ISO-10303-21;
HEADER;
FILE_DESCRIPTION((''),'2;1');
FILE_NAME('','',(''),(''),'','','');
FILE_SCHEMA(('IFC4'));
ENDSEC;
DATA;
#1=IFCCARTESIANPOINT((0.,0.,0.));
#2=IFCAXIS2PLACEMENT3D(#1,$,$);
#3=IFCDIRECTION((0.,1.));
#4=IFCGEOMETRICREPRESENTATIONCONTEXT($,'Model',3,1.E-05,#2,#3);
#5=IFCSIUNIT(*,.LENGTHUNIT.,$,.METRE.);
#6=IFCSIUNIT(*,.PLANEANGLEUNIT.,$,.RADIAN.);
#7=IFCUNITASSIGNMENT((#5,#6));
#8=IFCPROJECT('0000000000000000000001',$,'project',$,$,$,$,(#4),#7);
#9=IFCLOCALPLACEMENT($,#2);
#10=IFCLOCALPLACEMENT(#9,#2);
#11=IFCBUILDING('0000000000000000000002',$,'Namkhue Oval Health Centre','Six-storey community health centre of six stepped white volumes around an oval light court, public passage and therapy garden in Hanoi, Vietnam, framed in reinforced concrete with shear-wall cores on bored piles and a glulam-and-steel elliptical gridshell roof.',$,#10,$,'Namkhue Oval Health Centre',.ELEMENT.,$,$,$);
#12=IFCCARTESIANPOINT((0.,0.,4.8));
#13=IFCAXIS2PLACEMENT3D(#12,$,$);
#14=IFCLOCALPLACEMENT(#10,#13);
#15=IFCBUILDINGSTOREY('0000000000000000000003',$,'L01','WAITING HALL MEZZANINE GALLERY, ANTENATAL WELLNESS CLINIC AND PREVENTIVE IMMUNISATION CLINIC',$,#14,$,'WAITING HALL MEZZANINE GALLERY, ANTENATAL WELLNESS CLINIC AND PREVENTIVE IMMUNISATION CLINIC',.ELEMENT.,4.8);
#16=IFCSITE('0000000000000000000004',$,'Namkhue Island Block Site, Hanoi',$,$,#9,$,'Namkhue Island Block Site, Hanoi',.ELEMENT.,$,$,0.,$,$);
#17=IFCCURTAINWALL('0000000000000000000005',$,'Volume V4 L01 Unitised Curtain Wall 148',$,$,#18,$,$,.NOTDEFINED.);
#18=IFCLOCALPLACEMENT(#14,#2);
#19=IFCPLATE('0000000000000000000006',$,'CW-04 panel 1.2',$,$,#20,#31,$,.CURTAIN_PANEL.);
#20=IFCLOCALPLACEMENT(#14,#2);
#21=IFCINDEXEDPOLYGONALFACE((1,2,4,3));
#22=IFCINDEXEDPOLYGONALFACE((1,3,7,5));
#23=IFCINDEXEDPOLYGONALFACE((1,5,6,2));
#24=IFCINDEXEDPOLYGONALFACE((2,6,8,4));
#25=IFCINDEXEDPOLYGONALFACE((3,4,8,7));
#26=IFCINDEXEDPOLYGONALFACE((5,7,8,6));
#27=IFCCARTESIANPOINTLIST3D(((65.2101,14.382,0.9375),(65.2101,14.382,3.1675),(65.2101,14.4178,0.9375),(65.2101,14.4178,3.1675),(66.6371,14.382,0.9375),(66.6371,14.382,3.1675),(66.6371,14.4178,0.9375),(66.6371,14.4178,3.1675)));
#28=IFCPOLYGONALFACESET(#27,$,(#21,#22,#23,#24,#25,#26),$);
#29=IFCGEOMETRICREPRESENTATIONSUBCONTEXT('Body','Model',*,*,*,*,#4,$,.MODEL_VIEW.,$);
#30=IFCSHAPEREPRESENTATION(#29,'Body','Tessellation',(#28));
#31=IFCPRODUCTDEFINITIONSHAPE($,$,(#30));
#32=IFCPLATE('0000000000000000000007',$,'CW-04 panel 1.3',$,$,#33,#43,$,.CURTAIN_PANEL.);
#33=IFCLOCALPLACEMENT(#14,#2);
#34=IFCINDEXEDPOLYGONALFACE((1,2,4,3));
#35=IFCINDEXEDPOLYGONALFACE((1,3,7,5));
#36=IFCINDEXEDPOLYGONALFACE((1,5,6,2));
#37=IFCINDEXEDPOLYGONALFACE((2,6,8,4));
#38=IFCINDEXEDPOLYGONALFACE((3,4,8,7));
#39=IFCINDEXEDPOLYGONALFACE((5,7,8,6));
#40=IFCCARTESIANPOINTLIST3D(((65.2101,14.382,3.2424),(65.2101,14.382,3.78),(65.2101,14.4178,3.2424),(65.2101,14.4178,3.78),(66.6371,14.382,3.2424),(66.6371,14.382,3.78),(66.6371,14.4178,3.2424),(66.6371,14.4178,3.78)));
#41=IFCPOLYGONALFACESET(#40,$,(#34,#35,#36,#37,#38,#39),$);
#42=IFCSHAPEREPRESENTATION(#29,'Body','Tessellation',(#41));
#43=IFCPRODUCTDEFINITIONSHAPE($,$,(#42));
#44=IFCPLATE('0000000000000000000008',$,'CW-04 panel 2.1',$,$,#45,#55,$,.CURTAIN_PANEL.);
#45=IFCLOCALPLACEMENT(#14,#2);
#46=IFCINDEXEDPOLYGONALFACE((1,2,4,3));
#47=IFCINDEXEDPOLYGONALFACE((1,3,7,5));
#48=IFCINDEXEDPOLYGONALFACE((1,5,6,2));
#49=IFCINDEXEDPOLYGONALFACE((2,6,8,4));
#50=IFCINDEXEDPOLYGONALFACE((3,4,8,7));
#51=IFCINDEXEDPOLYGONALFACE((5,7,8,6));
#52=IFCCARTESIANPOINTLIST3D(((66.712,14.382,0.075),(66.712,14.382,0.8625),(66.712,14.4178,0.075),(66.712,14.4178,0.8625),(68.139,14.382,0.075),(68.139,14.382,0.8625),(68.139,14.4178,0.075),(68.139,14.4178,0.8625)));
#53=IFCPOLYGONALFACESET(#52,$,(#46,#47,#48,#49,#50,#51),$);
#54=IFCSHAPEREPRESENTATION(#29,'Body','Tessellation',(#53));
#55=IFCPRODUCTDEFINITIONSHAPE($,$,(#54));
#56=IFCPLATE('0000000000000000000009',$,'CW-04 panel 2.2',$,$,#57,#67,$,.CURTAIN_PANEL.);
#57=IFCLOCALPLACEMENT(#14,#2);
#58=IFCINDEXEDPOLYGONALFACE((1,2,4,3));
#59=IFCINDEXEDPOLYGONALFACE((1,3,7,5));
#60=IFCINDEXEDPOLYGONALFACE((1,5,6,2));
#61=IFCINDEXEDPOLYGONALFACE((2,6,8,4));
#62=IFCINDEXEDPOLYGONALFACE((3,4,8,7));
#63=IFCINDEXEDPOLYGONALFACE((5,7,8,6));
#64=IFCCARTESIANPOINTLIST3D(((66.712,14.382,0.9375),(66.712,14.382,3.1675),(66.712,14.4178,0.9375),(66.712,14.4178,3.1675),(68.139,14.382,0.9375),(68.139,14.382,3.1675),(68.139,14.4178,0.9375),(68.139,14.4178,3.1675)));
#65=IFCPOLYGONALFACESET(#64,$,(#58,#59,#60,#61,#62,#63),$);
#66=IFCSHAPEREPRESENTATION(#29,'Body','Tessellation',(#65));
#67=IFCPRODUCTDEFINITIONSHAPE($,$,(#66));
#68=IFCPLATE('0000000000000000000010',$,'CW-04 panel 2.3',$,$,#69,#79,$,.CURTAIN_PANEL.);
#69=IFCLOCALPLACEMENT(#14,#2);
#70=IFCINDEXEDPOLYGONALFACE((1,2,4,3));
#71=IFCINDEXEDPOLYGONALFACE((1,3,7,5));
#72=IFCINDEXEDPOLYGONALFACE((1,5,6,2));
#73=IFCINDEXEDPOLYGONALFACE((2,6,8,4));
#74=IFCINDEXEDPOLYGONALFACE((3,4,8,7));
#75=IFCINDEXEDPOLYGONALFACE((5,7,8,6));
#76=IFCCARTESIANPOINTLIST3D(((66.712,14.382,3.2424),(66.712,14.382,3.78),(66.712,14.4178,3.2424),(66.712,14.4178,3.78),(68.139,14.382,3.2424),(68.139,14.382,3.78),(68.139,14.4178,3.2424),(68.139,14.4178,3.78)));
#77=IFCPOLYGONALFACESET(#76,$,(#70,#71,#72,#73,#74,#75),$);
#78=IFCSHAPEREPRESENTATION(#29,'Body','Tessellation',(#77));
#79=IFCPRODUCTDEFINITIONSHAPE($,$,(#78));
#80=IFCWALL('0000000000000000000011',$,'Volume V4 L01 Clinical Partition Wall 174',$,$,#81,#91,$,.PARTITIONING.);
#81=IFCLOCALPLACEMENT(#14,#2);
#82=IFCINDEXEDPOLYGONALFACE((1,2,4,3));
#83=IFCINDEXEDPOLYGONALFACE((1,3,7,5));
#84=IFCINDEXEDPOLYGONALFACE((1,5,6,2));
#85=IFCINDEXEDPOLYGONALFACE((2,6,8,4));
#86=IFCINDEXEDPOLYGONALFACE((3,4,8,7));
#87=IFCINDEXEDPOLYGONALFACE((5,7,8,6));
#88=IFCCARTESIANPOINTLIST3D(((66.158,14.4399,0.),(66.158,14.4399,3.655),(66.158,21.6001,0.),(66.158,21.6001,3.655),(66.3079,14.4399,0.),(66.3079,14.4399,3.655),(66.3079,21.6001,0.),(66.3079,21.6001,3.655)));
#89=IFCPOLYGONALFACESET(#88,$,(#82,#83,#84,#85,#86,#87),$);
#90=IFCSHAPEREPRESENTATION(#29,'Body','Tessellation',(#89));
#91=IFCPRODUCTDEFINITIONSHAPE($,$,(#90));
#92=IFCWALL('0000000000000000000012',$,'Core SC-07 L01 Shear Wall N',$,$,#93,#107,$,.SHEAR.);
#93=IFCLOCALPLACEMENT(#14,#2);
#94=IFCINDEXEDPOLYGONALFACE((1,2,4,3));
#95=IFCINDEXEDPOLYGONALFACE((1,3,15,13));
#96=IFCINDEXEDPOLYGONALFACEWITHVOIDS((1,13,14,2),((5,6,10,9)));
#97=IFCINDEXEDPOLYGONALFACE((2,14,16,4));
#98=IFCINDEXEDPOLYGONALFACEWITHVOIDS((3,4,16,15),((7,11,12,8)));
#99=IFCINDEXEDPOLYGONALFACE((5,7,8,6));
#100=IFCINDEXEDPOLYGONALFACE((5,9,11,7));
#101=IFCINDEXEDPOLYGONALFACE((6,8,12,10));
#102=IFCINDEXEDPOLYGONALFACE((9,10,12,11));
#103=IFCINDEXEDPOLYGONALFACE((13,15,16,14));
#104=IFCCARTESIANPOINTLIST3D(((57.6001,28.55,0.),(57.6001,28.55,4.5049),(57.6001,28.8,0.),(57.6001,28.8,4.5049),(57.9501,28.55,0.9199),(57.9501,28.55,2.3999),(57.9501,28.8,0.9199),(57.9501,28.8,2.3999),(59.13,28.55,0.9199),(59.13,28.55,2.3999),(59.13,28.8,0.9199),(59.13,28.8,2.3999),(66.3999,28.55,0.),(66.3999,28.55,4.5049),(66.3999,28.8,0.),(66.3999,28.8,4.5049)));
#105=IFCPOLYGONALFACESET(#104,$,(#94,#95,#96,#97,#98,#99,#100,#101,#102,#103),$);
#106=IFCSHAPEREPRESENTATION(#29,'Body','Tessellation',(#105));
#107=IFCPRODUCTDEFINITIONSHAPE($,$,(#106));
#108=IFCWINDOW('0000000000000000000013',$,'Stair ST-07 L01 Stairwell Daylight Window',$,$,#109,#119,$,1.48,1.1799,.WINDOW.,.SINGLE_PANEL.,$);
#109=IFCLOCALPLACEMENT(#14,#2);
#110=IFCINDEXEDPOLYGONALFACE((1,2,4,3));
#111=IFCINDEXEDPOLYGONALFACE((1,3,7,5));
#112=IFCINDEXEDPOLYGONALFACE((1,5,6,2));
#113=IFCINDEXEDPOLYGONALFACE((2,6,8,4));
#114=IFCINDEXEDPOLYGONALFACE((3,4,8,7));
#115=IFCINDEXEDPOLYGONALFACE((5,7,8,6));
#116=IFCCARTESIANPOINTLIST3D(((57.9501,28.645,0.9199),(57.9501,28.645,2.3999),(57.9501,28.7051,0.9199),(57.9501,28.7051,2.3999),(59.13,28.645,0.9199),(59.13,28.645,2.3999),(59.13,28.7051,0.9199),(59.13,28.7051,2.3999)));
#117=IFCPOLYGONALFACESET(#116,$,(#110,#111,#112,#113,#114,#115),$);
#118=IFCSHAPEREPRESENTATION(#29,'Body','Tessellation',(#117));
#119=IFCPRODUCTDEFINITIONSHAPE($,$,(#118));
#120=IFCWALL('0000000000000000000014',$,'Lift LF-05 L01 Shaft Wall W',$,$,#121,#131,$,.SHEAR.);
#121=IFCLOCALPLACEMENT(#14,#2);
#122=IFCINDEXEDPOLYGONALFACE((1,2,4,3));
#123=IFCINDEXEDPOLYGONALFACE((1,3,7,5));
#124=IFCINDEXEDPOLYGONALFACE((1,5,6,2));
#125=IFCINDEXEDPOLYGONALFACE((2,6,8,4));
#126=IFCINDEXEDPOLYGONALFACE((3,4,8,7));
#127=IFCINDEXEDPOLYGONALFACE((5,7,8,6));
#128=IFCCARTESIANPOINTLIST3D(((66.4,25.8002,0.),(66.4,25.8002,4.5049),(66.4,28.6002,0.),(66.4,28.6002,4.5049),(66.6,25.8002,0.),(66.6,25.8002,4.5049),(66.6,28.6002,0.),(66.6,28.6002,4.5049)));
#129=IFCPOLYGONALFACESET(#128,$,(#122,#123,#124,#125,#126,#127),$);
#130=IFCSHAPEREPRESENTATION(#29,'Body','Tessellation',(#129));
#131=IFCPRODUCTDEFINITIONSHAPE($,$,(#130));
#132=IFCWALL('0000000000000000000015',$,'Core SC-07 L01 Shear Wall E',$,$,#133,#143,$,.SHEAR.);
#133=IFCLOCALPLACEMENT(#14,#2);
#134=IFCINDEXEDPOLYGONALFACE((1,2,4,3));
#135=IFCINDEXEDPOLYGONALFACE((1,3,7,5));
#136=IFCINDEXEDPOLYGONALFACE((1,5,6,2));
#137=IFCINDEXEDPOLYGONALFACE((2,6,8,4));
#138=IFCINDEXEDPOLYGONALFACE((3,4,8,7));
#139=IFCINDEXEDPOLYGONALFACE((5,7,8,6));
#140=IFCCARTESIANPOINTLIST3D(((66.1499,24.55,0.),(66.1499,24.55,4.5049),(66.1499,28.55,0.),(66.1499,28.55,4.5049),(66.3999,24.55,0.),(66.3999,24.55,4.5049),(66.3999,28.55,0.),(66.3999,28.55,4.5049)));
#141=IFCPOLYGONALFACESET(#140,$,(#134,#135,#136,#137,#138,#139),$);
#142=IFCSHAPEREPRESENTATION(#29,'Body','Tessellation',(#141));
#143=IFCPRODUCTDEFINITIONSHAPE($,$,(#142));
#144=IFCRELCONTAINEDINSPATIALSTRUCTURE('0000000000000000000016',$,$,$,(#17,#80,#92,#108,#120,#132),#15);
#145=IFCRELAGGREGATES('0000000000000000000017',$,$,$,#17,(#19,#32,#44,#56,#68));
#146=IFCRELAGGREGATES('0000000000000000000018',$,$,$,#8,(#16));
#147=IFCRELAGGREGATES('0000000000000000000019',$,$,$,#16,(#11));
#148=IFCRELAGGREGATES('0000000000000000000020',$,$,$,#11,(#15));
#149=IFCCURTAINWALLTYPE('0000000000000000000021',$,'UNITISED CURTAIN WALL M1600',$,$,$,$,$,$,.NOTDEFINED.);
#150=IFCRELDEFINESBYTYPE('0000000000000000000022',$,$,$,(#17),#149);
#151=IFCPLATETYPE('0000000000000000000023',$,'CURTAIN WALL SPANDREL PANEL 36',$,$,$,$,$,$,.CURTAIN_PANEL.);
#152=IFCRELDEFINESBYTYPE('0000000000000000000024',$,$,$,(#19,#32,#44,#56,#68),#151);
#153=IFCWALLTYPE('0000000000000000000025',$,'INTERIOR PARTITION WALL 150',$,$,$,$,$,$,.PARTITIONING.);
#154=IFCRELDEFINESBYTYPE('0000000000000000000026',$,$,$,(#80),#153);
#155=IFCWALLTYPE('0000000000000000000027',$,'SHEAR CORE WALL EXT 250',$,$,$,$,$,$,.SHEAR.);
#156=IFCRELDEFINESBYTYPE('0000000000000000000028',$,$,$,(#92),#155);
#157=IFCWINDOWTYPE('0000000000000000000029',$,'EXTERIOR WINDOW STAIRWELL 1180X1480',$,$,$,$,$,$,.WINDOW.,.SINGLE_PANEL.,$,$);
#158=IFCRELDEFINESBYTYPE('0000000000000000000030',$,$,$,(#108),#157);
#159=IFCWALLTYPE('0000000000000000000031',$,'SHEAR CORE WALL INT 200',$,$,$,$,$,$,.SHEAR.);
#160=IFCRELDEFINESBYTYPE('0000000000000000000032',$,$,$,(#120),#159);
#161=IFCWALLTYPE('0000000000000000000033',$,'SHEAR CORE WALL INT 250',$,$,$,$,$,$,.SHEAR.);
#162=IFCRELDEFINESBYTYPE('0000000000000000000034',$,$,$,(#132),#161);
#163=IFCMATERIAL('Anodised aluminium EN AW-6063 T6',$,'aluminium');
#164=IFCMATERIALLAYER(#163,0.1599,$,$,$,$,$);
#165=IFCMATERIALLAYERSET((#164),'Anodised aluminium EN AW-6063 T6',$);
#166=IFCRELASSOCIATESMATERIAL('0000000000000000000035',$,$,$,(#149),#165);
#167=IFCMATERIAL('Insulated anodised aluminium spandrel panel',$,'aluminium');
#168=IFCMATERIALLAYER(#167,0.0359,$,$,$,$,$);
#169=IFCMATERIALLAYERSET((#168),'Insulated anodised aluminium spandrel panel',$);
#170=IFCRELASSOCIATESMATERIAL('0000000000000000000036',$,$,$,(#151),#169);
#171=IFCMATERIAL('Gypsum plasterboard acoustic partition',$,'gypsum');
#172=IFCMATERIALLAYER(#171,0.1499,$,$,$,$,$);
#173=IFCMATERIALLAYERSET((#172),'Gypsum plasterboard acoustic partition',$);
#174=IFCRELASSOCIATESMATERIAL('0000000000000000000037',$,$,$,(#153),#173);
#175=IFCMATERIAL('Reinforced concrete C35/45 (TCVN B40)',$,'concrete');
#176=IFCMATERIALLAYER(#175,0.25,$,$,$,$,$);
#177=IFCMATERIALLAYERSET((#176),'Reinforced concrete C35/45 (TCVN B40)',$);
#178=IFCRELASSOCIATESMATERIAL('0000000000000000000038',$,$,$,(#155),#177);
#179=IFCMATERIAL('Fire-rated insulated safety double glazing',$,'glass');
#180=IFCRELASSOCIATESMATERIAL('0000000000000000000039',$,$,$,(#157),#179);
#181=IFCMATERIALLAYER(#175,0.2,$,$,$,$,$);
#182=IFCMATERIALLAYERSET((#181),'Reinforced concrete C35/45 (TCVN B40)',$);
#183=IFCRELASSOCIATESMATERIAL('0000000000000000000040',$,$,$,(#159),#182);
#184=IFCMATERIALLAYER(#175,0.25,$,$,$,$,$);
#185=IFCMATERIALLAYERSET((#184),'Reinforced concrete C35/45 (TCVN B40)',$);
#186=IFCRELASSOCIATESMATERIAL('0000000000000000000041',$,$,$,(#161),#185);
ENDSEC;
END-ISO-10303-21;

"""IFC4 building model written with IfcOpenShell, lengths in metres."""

from ifc_helpers import new_model, si_unit, direction, frame, frame_2d, origin, origin_2d, place, context, subcontext, project, spatial, rectangle, extrude, material, layer, layer_set, type_object, element, fill, aggregate, save


model = new_model("IFC4")

# Units and contexts
model_context = context("Model", 3, precision=1e-05, world=origin(), true_north=direction((0.0, 1.0)))
body_context = subcontext(model_context, "Body", "Model", "MODEL_VIEW")
ifc_project = project(units=[si_unit("LENGTHUNIT", "METRE"), si_unit("PLANEANGLEUNIT", "RADIAN")], contexts=[model_context])

# Site, building, storey
site_placement = place(None, origin())
site = spatial("IfcSite", under=ifc_project, at=site_placement, Name="Namkhue Island Block Site, Hanoi", LongName="Namkhue Island Block Site, Hanoi", CompositionType="ELEMENT", RefElevation=0.0)
building_placement = place(site_placement, origin())
building = spatial("IfcBuilding", under=site, at=building_placement, Name="Namkhue Oval Health Centre", Description="Six-storey community health centre of six stepped white volumes around an oval light court, public passage and therapy garden in Hanoi, Vietnam, framed in reinforced concrete with shear-wall cores on bored piles and a glulam-and-steel elliptical gridshell roof.", LongName="Namkhue Oval Health Centre", CompositionType="ELEMENT")
storey_placement = place(building_placement, frame((0.0, 0.0, 4.8)))
storey = spatial("IfcBuildingStorey", under=building, at=storey_placement, Name="L01", Description="WAITING HALL MEZZANINE GALLERY, ANTENATAL WELLNESS CLINIC AND PREVENTIVE IMMUNISATION CLINIC", LongName="WAITING HALL MEZZANINE GALLERY, ANTENATAL WELLNESS CLINIC AND PREVENTIVE IMMUNISATION CLINIC", CompositionType="ELEMENT", Elevation=4.8)

# Curtain wall
ifc_material_1 = material(Name="Anodised aluminium EN AW-6063 T6", Category="aluminium")
ifc_layer_1 = layer(ifc_material_1, 0.1599)
ifc_layer_set_1 = layer_set([ifc_layer_1], Name="Anodised aluminium EN AW-6063 T6")
curtain_wall_type = type_object("IfcCurtainWallType", Name="UNITISED CURTAIN WALL M1600", PredefinedType="NOTDEFINED", material=ifc_layer_set_1)
curtain_wall_placement = place(storey_placement, origin())
curtain_wall = element("IfcCurtainWall", 1, at=curtain_wall_placement, inside=storey, type_object=curtain_wall_type, Name="Volume V4 L01 Unitised Curtain Wall 148", PredefinedType="NOTDEFINED")

# Shared definitions
ifc_material_2 = material(Name="Reinforced concrete C35/45 (TCVN B40)", Category="concrete")

# Plates
ifc_material_3 = material(Name="Insulated anodised aluminium spandrel panel", Category="aluminium")
ifc_layer_2 = layer(ifc_material_3, 0.0359)
ifc_layer_set_2 = layer_set([ifc_layer_2], Name="Insulated anodised aluminium spandrel panel")
plate_type = type_object("IfcPlateType", Name="CURTAIN WALL SPANDREL PANEL 36", PredefinedType="CURTAIN_PANEL", material=ifc_layer_set_2)
plate_1_placement = place(storey_placement, frame((65.9236, 14.3999, 0.9375), z_axis=(0.0, 0.0, 1.0), x_axis=(1.0, 0.0, 0.0)))
plate_1 = element("IfcPlate", 2, at=plate_1_placement, type_object=plate_type, Name="CW-04 panel 1.2", PredefinedType="CURTAIN_PANEL", context=body_context, shape_type="SweptSolid", body=[
    extrude(rectangle(XDim=1.427, YDim=0.0359, at=origin_2d()), origin(), (0.0, 0.0, 1.0), 2.23),
])
plate_2_placement = place(storey_placement, frame((65.9236, 14.3999, 3.2424), z_axis=(0.0, 0.0, 1.0), x_axis=(1.0, 0.0, 0.0)))
plate_2 = element("IfcPlate", 3, at=plate_2_placement, type_object=plate_type, Name="CW-04 panel 1.3", PredefinedType="CURTAIN_PANEL", context=body_context, shape_type="SweptSolid", body=[
    extrude(rectangle(XDim=1.427, YDim=0.0359, at=origin_2d()), origin(), (0.0, 0.0, 1.0), 0.5376),
])
plate_3_placement = place(storey_placement, frame((67.4255, 14.3999, 0.075), z_axis=(0.0, 0.0, 1.0), x_axis=(1.0, 0.0, 0.0)))
plate_3 = element("IfcPlate", 4, at=plate_3_placement, type_object=plate_type, Name="CW-04 panel 2.1", PredefinedType="CURTAIN_PANEL", context=body_context, shape_type="SweptSolid", body=[
    extrude(rectangle(XDim=1.427, YDim=0.0359, at=origin_2d()), origin(), (0.0, 0.0, 1.0), 0.7876),
])
plate_4_placement = place(storey_placement, frame((67.4255, 14.3999, 0.9375), z_axis=(0.0, 0.0, 1.0), x_axis=(1.0, 0.0, 0.0)))
plate_4 = element("IfcPlate", 5, at=plate_4_placement, type_object=plate_type, Name="CW-04 panel 2.2", PredefinedType="CURTAIN_PANEL", context=body_context, shape_type="SweptSolid", body=[
    extrude(rectangle(XDim=1.427, YDim=0.0359, at=origin_2d()), origin(), (0.0, 0.0, 1.0), 2.23),
])
plate_5_placement = place(storey_placement, frame((67.4255, 14.3999, 3.2424), z_axis=(0.0, 0.0, 1.0), x_axis=(1.0, 0.0, 0.0)))
plate_5 = element("IfcPlate", 6, at=plate_5_placement, type_object=plate_type, Name="CW-04 panel 2.3", PredefinedType="CURTAIN_PANEL", context=body_context, shape_type="SweptSolid", body=[
    extrude(rectangle(XDim=1.427, YDim=0.0359, at=origin_2d()), origin(), (0.0, 0.0, 1.0), 0.5376),
])
aggregate(curtain_wall, [plate_1, plate_2, plate_3, plate_4, plate_5])

# Wall
ifc_material_4 = material(Name="Gypsum plasterboard acoustic partition", Category="gypsum")
ifc_layer_3 = layer(ifc_material_4, 0.1499)
ifc_layer_set_3 = layer_set([ifc_layer_3], Name="Gypsum plasterboard acoustic partition")
wall_type_1 = type_object("IfcWallType", Name="INTERIOR PARTITION WALL 150", PredefinedType="PARTITIONING", material=ifc_layer_set_3)
wall_1_placement = place(storey_placement, frame((66.2329, 14.4399, 0.0), z_axis=(0.0, 0.0, 1.0), x_axis=(0.0, 1.0, 0.0)))
element("IfcWall", 7, at=wall_1_placement, inside=storey, type_object=wall_type_1, Name="Volume V4 L01 Clinical Partition Wall 174", PredefinedType="PARTITIONING", context=body_context, shape_type="SweptSolid", body=[
    extrude(rectangle(XDim=7.1602, YDim=0.1499, at=frame_2d((3.5801, 0.0))), origin(), (0.0, 0.0, 1.0), 3.655),
])

# Wall, opening, window
ifc_layer_4 = layer(ifc_material_2, 0.25)
ifc_layer_set_4 = layer_set([ifc_layer_4], Name="Reinforced concrete C35/45 (TCVN B40)")
wall_type_2 = type_object("IfcWallType", Name="SHEAR CORE WALL EXT 250", PredefinedType="SHEAR", material=ifc_layer_set_4)
wall_2_placement = place(storey_placement, frame((66.3999, 28.675, 0.0), z_axis=(0.0, 0.0, 1.0), x_axis=(-1.0, 0.0, 0.0)))
wall_2 = element("IfcWall", 8, at=wall_2_placement, inside=storey, type_object=wall_type_2, Name="Core SC-07 L01 Shear Wall N", PredefinedType="SHEAR", context=body_context, shape_type="SweptSolid", body=[
    extrude(rectangle(XDim=8.7998, YDim=0.25, at=frame_2d((4.3999, 0.0))), origin(), (0.0, 0.0, 1.0), 4.5049),
])
opening_1_placement = place(wall_2_placement, frame((7.27, 0.0, 0.9199)))
opening_1 = element("IfcOpeningElement", 9, at=opening_1_placement, cuts=wall_2, PredefinedType="OPENING", context=body_context, shape_type="SweptSolid", body=[
    extrude(rectangle(XDim=1.1799, YDim=1.48, at=frame_2d((0.5898, 0.74))), frame((0.0, 0.135, 0.0), z_axis=(0.0, -1.0, 0.0), x_axis=(1.0, 0.0, 0.0)), (0.0, 0.0, 1.0), 0.27),
])
ifc_material_5 = material(Name="Fire-rated insulated safety double glazing", Category="glass")
window_type = type_object("IfcWindowType", Name="EXTERIOR WINDOW STAIRWELL 1180X1480", PartitioningType="SINGLE_PANEL", PredefinedType="WINDOW", material=ifc_material_5)
window_placement = place(opening_1_placement, origin())
window = element("IfcWindow", 10, at=window_placement, inside=storey, type_object=window_type, Name="Stair ST-07 L01 Stairwell Daylight Window", OverallHeight=1.48, OverallWidth=1.1799, PartitioningType="SINGLE_PANEL", PredefinedType="WINDOW", context=body_context, shape_type="SweptSolid", body=[
    extrude(rectangle(XDim=1.1799, YDim=1.48, at=frame_2d((0.5898, 0.74))), frame((0.0, 0.03, 0.0), z_axis=(0.0, -1.0, 0.0), x_axis=(1.0, 0.0, 0.0)), (0.0, 0.0, 1.0), 0.0601),
])
fill(opening_1, window)

# Shared definitions
ifc_layer_5 = layer(ifc_material_2, 0.2)
ifc_layer_set_5 = layer_set([ifc_layer_5], Name="Reinforced concrete C35/45 (TCVN B40)")
wall_type_3 = type_object("IfcWallType", Name="SHEAR CORE WALL INT 200", PredefinedType="SHEAR", material=ifc_layer_set_5)

# Walls
wall_3_placement = place(storey_placement, frame((66.5, 28.6001, 0.0), z_axis=(0.0, 0.0, 1.0), x_axis=(0.0, -1.0, 0.0)))
element("IfcWall", 11, at=wall_3_placement, inside=storey, type_object=wall_type_3, Name="Lift LF-05 L01 Shaft Wall W", PredefinedType="SHEAR", context=body_context, shape_type="SweptSolid", body=[
    extrude(rectangle(XDim=2.8, YDim=0.2, at=frame_2d((1.3999, 0.0))), origin(), (0.0, 0.0, 1.0), 4.5049),
])
ifc_layer_6 = layer(ifc_material_2, 0.25)
ifc_layer_set_6 = layer_set([ifc_layer_6], Name="Reinforced concrete C35/45 (TCVN B40)")
wall_type_4 = type_object("IfcWallType", Name="SHEAR CORE WALL INT 250", PredefinedType="SHEAR", material=ifc_layer_set_6)
wall_4_placement = place(storey_placement, frame((66.2749, 24.55, 0.0), z_axis=(0.0, 0.0, 1.0), x_axis=(0.0, 1.0, 0.0)))
element("IfcWall", 12, at=wall_4_placement, inside=storey, type_object=wall_type_4, Name="Core SC-07 L01 Shear Wall E", PredefinedType="SHEAR", context=body_context, shape_type="SweptSolid", body=[
    extrude(rectangle(XDim=4.0, YDim=0.25, at=frame_2d((2.0, 0.0))), origin(), (0.0, 0.0, 1.0), 4.5049),
])

save(model, "model.ifc")
